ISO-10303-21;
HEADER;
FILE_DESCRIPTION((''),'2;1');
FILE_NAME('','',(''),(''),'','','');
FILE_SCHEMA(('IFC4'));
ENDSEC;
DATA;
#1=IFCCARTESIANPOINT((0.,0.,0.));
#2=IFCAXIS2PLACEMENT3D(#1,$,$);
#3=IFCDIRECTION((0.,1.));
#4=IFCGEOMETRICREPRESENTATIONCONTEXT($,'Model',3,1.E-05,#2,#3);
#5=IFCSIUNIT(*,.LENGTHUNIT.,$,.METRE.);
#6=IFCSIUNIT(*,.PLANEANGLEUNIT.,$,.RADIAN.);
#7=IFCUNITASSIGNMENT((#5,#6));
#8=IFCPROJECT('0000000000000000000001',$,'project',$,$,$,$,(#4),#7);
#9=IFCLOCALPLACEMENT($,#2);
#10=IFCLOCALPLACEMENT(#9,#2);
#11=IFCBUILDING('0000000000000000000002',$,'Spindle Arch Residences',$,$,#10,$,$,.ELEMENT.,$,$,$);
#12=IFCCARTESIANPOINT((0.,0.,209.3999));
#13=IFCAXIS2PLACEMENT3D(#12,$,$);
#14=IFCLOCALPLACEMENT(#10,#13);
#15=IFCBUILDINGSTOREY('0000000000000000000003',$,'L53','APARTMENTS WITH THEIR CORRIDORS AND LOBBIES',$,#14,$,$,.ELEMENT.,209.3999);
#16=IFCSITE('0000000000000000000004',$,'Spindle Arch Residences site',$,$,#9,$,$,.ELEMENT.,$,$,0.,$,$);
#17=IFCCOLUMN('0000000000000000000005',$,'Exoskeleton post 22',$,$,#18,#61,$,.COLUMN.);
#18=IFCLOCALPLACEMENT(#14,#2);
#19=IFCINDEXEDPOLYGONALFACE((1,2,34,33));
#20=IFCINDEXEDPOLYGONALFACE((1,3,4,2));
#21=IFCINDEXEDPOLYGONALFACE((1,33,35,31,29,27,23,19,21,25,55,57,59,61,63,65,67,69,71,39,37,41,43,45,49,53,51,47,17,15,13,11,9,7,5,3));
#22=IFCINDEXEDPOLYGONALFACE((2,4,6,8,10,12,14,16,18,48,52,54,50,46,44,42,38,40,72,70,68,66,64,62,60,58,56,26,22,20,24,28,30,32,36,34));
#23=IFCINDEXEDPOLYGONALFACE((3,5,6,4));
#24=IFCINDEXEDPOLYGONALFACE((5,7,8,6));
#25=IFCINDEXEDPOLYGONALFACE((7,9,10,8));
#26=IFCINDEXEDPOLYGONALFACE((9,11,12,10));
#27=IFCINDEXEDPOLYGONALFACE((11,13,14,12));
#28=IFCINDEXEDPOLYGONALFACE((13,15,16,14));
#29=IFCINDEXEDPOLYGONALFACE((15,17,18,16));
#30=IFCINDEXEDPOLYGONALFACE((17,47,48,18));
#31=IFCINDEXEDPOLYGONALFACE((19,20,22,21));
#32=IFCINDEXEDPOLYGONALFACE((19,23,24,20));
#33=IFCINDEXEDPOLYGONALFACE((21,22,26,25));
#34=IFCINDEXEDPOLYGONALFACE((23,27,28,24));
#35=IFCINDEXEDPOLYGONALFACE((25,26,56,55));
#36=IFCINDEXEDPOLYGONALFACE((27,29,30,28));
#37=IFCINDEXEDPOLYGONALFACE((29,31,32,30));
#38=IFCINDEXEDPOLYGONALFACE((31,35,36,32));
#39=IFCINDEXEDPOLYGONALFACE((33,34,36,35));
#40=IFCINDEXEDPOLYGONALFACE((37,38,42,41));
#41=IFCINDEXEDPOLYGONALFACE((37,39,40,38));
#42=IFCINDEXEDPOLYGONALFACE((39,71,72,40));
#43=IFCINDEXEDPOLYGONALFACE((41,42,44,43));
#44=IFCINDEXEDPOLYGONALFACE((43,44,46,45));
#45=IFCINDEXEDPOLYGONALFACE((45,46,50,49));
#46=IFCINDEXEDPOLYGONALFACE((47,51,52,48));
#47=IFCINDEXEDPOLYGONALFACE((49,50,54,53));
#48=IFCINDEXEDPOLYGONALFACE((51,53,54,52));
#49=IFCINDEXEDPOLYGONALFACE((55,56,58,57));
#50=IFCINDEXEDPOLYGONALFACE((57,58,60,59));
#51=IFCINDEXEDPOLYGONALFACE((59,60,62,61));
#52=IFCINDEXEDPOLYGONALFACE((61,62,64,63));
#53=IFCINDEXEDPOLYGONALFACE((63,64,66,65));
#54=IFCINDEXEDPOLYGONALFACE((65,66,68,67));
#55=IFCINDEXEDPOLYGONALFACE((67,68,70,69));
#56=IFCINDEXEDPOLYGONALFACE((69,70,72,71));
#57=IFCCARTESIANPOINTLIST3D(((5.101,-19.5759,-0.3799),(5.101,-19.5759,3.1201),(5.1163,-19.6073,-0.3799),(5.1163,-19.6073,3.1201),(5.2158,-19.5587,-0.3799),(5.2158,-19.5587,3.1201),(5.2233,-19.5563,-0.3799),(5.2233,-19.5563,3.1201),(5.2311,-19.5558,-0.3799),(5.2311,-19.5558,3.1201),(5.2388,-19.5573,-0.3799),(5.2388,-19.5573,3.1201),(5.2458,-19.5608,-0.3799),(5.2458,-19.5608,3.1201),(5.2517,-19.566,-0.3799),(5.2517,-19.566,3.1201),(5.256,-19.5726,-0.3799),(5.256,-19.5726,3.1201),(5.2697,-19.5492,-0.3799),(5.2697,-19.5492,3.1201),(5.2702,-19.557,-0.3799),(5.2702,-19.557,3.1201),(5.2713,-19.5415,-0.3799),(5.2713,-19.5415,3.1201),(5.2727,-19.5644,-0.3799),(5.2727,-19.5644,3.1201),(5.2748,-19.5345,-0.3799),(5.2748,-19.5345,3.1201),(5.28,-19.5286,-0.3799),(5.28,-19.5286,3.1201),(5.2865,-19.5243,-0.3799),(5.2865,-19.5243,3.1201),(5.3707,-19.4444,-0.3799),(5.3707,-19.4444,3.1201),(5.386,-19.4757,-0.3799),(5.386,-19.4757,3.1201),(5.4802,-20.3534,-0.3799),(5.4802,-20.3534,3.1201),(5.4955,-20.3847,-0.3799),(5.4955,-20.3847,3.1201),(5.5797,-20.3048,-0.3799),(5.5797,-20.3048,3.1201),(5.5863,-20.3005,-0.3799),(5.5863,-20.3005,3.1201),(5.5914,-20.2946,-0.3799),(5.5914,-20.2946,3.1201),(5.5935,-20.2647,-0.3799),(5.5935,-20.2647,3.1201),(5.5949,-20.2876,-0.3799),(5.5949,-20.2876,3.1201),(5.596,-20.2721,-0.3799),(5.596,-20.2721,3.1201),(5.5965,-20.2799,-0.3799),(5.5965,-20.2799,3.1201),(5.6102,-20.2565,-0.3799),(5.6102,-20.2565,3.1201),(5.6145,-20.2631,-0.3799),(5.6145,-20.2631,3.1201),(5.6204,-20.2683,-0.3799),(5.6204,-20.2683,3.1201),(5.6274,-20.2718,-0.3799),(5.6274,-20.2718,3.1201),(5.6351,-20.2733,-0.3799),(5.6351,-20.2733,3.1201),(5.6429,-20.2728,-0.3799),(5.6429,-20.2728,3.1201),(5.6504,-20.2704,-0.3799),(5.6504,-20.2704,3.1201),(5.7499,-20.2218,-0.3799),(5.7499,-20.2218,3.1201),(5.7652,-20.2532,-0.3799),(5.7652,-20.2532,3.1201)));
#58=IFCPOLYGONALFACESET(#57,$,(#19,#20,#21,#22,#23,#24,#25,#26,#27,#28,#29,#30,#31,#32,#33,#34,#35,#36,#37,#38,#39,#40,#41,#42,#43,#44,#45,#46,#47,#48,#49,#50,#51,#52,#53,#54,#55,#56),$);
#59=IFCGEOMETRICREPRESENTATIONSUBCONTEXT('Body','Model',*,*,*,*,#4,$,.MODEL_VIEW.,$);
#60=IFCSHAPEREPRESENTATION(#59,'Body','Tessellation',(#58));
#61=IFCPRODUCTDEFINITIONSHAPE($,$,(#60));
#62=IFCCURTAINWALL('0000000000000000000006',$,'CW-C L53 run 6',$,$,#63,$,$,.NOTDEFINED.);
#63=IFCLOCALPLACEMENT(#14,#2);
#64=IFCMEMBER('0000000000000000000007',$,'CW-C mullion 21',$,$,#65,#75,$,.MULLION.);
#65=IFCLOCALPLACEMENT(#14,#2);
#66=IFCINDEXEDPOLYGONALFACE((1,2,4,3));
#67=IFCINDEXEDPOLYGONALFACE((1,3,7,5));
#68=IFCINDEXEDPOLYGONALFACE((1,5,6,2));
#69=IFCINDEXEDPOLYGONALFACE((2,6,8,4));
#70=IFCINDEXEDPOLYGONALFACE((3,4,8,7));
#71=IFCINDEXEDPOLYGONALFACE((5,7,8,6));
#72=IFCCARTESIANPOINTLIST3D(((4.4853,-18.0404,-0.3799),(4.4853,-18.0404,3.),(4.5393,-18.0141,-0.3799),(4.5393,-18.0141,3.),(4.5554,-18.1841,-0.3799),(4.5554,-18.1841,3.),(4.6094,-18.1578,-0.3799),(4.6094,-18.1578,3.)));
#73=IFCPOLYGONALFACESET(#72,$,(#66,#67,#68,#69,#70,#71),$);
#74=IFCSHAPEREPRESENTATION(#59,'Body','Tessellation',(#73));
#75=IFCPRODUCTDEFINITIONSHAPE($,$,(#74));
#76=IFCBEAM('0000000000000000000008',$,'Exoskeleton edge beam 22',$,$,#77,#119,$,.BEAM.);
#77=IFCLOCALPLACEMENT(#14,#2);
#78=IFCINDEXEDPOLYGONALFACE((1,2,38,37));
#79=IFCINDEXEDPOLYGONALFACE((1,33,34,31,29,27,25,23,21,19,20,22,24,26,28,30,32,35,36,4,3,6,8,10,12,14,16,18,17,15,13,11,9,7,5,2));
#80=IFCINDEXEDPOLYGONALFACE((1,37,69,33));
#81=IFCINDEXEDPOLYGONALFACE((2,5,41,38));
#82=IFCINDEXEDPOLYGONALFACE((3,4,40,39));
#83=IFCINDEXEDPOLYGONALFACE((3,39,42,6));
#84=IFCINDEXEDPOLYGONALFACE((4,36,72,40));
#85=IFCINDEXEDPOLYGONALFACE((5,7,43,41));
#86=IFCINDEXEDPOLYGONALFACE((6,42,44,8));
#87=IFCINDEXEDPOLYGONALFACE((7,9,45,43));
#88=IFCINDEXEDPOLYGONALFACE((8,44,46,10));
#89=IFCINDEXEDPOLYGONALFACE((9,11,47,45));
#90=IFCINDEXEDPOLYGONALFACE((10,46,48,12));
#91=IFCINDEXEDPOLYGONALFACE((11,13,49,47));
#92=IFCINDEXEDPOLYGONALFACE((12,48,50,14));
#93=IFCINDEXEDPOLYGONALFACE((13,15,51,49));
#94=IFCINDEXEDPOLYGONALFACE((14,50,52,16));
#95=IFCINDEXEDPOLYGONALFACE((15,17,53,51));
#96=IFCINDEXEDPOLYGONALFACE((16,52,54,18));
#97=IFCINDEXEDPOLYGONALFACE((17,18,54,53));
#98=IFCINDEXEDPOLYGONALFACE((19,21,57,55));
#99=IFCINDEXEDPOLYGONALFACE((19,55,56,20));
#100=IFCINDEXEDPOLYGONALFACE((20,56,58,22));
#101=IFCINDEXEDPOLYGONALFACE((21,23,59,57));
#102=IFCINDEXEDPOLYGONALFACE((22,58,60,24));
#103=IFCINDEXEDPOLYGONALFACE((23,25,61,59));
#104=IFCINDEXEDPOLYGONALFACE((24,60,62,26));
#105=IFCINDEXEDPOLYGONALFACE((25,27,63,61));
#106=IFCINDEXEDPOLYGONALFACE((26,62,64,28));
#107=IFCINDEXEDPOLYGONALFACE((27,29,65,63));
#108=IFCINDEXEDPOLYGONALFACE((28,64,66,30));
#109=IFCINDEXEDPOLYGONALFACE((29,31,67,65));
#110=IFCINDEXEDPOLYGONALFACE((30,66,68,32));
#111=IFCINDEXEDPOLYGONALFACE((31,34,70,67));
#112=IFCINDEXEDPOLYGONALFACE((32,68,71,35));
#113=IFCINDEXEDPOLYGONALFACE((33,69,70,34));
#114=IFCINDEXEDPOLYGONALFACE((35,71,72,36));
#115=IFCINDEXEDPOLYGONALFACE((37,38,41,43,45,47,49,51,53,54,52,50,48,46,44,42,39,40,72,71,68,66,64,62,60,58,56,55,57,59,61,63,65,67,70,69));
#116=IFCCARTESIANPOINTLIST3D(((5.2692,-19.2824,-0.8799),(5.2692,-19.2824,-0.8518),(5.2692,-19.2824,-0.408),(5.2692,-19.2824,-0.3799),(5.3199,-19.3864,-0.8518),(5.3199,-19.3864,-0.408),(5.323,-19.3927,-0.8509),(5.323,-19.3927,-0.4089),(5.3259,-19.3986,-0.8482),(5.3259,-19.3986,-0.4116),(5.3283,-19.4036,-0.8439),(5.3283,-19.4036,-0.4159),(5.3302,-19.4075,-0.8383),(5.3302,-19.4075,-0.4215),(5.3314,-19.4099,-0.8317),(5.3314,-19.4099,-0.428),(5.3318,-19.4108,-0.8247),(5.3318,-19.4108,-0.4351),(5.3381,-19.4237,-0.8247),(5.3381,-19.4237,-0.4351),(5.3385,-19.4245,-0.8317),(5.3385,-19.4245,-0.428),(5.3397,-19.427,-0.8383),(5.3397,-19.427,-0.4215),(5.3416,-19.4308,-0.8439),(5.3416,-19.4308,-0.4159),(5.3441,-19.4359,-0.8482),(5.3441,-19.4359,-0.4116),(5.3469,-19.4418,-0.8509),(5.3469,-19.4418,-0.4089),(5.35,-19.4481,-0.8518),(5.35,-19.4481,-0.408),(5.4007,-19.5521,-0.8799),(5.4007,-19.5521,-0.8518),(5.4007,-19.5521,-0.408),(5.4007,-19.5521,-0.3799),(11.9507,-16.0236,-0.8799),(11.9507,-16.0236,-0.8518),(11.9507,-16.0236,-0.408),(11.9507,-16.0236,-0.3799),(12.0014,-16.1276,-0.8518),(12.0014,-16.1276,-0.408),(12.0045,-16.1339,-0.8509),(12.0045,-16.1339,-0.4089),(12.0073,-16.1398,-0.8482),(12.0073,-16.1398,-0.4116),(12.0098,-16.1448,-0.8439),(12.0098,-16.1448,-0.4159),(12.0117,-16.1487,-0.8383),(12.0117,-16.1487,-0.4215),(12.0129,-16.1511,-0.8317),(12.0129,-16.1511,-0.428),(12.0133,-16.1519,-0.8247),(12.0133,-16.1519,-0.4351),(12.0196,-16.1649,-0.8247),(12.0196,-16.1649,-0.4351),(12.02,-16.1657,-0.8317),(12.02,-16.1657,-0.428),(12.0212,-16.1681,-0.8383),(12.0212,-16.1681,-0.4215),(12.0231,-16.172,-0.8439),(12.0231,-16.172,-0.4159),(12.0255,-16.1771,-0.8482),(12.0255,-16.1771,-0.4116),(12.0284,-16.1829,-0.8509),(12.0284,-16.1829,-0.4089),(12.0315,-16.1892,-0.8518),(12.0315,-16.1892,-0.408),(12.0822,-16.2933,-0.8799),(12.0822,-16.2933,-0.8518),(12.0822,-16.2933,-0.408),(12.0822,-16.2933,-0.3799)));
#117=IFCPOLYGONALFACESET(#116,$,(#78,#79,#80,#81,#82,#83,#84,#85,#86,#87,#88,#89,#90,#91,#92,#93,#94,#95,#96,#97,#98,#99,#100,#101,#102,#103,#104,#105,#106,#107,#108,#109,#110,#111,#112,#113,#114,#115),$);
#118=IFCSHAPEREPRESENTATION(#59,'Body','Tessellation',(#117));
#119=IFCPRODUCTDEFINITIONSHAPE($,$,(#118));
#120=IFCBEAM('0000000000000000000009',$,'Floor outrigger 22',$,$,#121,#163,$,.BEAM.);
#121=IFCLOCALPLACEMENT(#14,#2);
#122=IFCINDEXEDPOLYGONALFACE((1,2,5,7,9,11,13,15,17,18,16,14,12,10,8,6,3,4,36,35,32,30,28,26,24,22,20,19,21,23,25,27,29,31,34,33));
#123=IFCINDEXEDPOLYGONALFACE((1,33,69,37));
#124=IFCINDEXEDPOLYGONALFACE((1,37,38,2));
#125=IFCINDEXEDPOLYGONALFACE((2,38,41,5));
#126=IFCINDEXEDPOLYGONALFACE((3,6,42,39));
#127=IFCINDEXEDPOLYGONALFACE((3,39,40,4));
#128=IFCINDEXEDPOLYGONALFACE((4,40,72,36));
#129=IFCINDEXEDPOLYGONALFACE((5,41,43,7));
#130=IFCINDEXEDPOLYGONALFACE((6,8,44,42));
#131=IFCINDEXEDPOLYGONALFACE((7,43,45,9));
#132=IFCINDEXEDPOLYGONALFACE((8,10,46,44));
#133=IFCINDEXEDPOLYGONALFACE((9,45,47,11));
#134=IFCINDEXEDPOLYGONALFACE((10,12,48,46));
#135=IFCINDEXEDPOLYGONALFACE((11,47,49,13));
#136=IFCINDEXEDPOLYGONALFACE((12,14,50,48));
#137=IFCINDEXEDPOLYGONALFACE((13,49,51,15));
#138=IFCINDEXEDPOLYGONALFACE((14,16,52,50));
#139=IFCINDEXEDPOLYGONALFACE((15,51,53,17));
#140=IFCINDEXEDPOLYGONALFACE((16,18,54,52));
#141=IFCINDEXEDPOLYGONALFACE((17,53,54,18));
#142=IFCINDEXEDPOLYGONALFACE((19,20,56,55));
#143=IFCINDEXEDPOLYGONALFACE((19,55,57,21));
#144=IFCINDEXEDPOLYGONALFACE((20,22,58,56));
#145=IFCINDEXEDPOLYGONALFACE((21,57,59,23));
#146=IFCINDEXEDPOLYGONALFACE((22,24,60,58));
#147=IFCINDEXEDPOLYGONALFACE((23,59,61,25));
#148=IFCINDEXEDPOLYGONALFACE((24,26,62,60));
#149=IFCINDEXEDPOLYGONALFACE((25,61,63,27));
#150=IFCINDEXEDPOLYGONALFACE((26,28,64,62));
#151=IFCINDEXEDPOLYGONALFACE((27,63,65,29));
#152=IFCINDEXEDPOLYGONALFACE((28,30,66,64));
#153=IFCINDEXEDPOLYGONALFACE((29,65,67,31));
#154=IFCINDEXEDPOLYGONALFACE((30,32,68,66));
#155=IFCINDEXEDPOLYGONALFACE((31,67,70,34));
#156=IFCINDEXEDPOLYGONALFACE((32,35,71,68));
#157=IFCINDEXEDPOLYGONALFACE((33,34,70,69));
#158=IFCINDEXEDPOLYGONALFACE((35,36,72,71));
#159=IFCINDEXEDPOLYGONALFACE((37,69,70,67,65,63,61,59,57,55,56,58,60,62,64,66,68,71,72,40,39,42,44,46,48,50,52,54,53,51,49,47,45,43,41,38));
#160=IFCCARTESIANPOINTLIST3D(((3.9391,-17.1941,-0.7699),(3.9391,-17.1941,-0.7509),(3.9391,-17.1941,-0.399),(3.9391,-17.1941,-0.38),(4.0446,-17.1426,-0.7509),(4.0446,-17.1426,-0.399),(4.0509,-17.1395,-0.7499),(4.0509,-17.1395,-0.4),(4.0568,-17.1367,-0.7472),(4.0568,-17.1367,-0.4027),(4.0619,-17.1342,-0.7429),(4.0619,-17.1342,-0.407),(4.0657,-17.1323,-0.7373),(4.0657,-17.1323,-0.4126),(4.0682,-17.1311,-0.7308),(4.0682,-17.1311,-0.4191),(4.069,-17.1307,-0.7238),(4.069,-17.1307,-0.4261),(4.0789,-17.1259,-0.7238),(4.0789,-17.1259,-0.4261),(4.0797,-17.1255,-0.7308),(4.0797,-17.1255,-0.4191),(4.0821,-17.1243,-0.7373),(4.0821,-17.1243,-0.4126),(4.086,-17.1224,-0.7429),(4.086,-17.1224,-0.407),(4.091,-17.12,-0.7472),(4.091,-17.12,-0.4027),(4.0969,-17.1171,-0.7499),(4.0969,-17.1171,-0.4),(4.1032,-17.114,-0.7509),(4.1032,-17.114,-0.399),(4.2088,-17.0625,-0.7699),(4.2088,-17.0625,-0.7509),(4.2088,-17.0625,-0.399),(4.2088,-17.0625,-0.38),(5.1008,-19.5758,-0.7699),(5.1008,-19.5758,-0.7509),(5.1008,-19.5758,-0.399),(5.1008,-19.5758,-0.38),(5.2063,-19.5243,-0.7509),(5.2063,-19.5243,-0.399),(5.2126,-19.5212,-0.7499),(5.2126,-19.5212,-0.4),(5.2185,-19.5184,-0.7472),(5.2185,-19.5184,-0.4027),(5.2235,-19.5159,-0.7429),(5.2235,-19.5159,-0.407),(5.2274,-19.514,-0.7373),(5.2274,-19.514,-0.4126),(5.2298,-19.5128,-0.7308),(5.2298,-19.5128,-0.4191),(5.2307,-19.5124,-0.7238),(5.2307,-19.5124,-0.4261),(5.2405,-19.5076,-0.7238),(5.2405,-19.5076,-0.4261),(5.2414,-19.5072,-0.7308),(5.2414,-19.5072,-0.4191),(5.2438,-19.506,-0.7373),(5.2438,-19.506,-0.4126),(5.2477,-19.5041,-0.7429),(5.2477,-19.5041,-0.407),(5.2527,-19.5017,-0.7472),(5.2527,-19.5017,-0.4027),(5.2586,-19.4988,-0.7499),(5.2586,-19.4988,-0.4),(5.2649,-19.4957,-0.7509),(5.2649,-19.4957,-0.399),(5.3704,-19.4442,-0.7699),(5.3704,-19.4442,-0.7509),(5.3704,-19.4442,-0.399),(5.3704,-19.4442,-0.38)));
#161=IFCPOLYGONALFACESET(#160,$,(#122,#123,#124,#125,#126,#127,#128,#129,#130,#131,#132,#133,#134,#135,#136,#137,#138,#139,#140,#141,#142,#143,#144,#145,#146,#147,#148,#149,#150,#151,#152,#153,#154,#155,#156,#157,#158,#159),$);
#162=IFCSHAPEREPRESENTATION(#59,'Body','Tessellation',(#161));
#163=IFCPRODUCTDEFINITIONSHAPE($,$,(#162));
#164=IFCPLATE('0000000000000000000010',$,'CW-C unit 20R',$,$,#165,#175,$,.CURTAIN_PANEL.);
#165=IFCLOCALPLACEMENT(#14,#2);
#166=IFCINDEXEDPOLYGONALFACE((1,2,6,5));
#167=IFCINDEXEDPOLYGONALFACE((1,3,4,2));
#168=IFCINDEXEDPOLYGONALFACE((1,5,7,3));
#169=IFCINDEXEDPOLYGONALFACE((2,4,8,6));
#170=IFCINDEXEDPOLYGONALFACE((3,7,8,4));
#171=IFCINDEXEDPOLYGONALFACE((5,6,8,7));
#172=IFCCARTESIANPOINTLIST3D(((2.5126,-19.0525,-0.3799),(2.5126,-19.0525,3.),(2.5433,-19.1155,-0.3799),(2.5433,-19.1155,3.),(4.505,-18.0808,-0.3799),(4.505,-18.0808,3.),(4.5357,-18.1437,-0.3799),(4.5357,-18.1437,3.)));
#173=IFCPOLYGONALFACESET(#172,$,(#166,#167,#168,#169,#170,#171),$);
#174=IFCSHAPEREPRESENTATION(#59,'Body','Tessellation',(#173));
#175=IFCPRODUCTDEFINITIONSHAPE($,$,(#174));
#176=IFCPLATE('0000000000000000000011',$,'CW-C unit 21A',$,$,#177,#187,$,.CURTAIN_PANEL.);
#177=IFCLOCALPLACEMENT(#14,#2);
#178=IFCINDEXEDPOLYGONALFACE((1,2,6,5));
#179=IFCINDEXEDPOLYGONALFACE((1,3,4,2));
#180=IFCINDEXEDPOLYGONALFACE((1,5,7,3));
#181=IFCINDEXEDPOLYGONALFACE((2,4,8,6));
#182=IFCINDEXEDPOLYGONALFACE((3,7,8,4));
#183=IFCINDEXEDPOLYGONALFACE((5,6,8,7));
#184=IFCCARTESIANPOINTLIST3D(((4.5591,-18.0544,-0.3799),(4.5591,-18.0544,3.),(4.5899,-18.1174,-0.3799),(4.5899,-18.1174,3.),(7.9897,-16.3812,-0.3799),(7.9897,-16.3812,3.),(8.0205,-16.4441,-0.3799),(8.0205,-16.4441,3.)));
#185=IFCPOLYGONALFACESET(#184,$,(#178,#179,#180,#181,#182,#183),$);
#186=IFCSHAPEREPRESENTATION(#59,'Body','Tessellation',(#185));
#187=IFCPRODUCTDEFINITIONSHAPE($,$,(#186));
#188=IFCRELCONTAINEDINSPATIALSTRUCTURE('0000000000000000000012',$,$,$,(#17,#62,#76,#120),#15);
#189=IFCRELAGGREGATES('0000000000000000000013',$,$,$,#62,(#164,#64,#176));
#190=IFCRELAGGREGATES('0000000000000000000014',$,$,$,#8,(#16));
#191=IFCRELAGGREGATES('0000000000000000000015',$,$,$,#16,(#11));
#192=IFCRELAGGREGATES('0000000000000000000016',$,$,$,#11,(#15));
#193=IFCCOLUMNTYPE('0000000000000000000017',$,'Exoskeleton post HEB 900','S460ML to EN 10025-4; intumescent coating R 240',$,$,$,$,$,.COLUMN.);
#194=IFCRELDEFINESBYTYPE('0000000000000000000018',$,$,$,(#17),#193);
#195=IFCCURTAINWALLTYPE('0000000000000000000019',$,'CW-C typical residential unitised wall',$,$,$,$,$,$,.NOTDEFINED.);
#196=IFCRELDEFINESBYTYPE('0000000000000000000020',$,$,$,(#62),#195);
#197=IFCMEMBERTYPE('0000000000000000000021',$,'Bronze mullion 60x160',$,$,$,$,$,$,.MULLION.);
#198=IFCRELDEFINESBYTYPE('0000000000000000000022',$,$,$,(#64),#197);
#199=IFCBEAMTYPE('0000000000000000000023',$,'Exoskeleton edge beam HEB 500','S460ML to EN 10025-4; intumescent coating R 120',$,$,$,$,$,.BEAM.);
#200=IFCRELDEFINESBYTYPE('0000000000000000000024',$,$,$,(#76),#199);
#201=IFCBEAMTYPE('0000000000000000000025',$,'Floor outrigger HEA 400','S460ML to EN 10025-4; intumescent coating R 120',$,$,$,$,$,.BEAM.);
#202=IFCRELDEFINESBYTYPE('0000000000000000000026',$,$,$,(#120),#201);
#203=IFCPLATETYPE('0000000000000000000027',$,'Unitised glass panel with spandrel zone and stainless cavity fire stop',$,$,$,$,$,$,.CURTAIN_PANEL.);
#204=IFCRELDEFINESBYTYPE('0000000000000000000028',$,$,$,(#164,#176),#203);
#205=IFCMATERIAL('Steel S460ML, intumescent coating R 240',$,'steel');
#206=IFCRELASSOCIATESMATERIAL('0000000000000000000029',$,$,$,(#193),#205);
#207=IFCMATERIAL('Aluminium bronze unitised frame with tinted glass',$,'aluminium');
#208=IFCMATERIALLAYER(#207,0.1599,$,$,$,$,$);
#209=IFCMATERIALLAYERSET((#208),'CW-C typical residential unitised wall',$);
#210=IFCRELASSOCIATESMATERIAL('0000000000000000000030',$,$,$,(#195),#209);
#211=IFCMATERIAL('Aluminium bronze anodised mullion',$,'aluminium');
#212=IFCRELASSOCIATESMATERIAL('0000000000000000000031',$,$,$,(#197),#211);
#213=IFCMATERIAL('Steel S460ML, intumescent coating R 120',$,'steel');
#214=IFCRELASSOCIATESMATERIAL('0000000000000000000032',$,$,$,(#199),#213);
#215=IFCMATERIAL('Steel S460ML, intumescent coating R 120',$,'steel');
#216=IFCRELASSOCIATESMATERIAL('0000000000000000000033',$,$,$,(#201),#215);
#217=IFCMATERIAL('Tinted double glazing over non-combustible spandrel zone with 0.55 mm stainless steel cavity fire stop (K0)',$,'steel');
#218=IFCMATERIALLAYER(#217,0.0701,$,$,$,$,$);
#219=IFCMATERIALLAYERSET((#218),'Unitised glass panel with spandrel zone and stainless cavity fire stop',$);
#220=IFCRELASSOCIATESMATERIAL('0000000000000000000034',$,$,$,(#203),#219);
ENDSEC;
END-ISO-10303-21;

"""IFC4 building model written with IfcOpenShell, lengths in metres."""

from ifc_helpers import new_model, si_unit, direction, frame, origin, origin_2d, place, context, subcontext, project, spatial, rectangle, i_section, extrude, material, layer, layer_set, material_profile, profile_set, type_object, element, aggregate, save


model = new_model("IFC4")

# Units and contexts
model_context = context("Model", 3, precision=1e-05, world=origin(), true_north=direction((0.0, 1.0)))
body_context = subcontext(model_context, "Body", "Model", "MODEL_VIEW")
ifc_project = project(units=[si_unit("LENGTHUNIT", "METRE"), si_unit("PLANEANGLEUNIT", "RADIAN")], contexts=[model_context])

# Site, building, storey
site_placement = place(None, origin())
site = spatial("IfcSite", under=ifc_project, at=site_placement, Name="Spindle Arch Residences site", CompositionType="ELEMENT", RefElevation=0.0)
building_placement = place(site_placement, origin())
building = spatial("IfcBuilding", under=site, at=building_placement, Name="Spindle Arch Residences", CompositionType="ELEMENT")
storey_placement = place(building_placement, frame((0.0, 0.0, 209.3999)))
storey = spatial("IfcBuildingStorey", under=building, at=storey_placement, Name="L53", Description="APARTMENTS WITH THEIR CORRIDORS AND LOBBIES", CompositionType="ELEMENT", Elevation=209.3999)

# Column
ifc_material_1 = material(Name="Steel S460ML, intumescent coating R 240", Category="steel")
ifc_material_profile_1 = material_profile(ifc_material_1, i_section(OverallWidth=0.3, OverallDepth=0.8999, WebThickness=0.0186, FlangeThickness=0.0349, FilletRadius=0.03, at=origin_2d()), Name="HEB 900")
ifc_profile_set_1 = profile_set([ifc_material_profile_1], Name="Steel S460ML, intumescent coating R 240")
column_type = type_object("IfcColumnType", Name="Exoskeleton post HEB 900", Description="S460ML to EN 10025-4; intumescent coating R 240", PredefinedType="COLUMN", material=ifc_profile_set_1)
column_placement = place(storey_placement, frame((5.4331, -19.9146, -0.3799), z_axis=(0.0, 0.0, 1.0), x_axis=(-0.898794, -0.438371, 0.0)))
element("IfcColumn", 1, at=column_placement, inside=storey, type_object=column_type, Name="Exoskeleton post 22", PredefinedType="COLUMN", context=body_context, shape_type="SweptSolid", body=[
    extrude(i_section(OverallWidth=0.3, OverallDepth=0.8999, WebThickness=0.0186, FlangeThickness=0.0349, FilletRadius=0.03, at=origin_2d()), origin(), (0.0, 0.0, 1.0), 3.5),
])

# Curtain wall, member
ifc_material_2 = material(Name="Aluminium bronze unitised frame with tinted glass", Category="aluminium")
ifc_layer_1 = layer(ifc_material_2, 0.1599)
ifc_layer_set_1 = layer_set([ifc_layer_1], Name="CW-C typical residential unitised wall")
curtain_wall_type = type_object("IfcCurtainWallType", Name="CW-C typical residential unitised wall", PredefinedType="NOTDEFINED", material=ifc_layer_set_1)
curtain_wall_placement = place(storey_placement, origin())
curtain_wall = element("IfcCurtainWall", 2, at=curtain_wall_placement, inside=storey, type_object=curtain_wall_type, Name="CW-C L53 run 6", PredefinedType="NOTDEFINED")
ifc_material_3 = material(Name="Aluminium bronze anodised mullion", Category="aluminium")
ifc_material_profile_2 = material_profile(ifc_material_3, rectangle(XDim=0.1599, YDim=0.0601, at=origin_2d()), Name="MU 60x160")
ifc_profile_set_2 = profile_set([ifc_material_profile_2], Name="Aluminium bronze anodised mullion")
member_type = type_object("IfcMemberType", Name="Bronze mullion 60x160", PredefinedType="MULLION", material=ifc_profile_set_2)
member_placement = place(storey_placement, frame((4.5474, -18.0991, -0.3799), z_axis=(0.0, 0.0, 1.0), x_axis=(-0.438371, 0.898794, 0.0)))
member = element("IfcMember", 3, at=member_placement, type_object=member_type, Name="CW-C mullion 21", PredefinedType="MULLION", context=body_context, shape_type="SweptSolid", body=[
    extrude(rectangle(XDim=0.1599, YDim=0.0601, at=origin_2d()), origin(), (0.0, 0.0, 1.0), 3.3799),
])

# Beams
ifc_material_4 = material(Name="Steel S460ML, intumescent coating R 120", Category="steel")
ifc_material_profile_3 = material_profile(ifc_material_4, i_section(OverallWidth=0.3, OverallDepth=0.5, WebThickness=0.0144, FlangeThickness=0.0281, FilletRadius=0.0271, at=origin_2d()), Name="HEB 500")
ifc_profile_set_3 = profile_set([ifc_material_profile_3], Name="Steel S460ML, intumescent coating R 120")
beam_type_1 = type_object("IfcBeamType", Name="Exoskeleton edge beam HEB 500", Description="S460ML to EN 10025-4; intumescent coating R 120", PredefinedType="BEAM", material=ifc_profile_set_3)
beam_1_placement = place(storey_placement, frame((5.335, -19.4172, -0.6299), z_axis=(0.898791, 0.438377, 0.0), x_axis=(-0.438377, 0.898791, 0.0)))
element("IfcBeam", 4, at=beam_1_placement, inside=storey, type_object=beam_type_1, Name="Exoskeleton edge beam 22", PredefinedType="BEAM", context=body_context, shape_type="SweptSolid", body=[
    extrude(i_section(OverallWidth=0.3, OverallDepth=0.5, WebThickness=0.0144, FlangeThickness=0.0281, FilletRadius=0.0271, at=origin_2d()), origin(), (0.0, 0.0, 1.0), 7.4338),
])
ifc_material_5 = material(Name="Steel S460ML, intumescent coating R 120", Category="steel")
ifc_material_profile_4 = material_profile(ifc_material_5, i_section(OverallWidth=0.3, OverallDepth=0.3899, WebThickness=0.011, FlangeThickness=0.019, FilletRadius=0.0271, at=origin_2d()), Name="HEA 400")
ifc_profile_set_4 = profile_set([ifc_material_profile_4], Name="Steel S460ML, intumescent coating R 120")
beam_type_2 = type_object("IfcBeamType", Name="Floor outrigger HEA 400", Description="S460ML to EN 10025-4; intumescent coating R 120", PredefinedType="BEAM", material=ifc_profile_set_4)
beam_2_placement = place(storey_placement, frame((5.2356, -19.51, -0.575), z_axis=(-0.438384, 0.898788, 0.0), x_axis=(-0.898788, -0.438384, 0.0)))
element("IfcBeam", 5, at=beam_2_placement, inside=storey, type_object=beam_type_2, Name="Floor outrigger 22", PredefinedType="BEAM", context=body_context, shape_type="SweptSolid", body=[
    extrude(i_section(OverallWidth=0.3, OverallDepth=0.3899, WebThickness=0.011, FlangeThickness=0.019, FilletRadius=0.0271, at=origin_2d()), origin(), (0.0, 0.0, 1.0), 2.6499),
])

# Plates
ifc_material_6 = material(Name="Tinted double glazing over non-combustible spandrel zone with 0.55 mm stainless steel cavity fire stop (K0)", Category="steel")
ifc_layer_2 = layer(ifc_material_6, 0.0701)
ifc_layer_set_2 = layer_set([ifc_layer_2], Name="Unitised glass panel with spandrel zone and stainless cavity fire stop")
plate_type = type_object("IfcPlateType", Name="Unitised glass panel with spandrel zone and stainless cavity fire stop", PredefinedType="CURTAIN_PANEL", material=ifc_layer_set_2)
plate_1_placement = place(storey_placement, frame((3.5242, -18.5981, -0.3799), z_axis=(0.0, 0.0, 1.0), x_axis=(0.898794, 0.438371, 0.0)))
plate_1 = element("IfcPlate", 6, at=plate_1_placement, type_object=plate_type, Name="CW-C unit 20R", PredefinedType="CURTAIN_PANEL", context=body_context, shape_type="SweptSolid", body=[
    extrude(rectangle(XDim=2.2168, YDim=0.0701, at=origin_2d()), origin(), (0.0, 0.0, 1.0), 3.3799),
])
plate_2_placement = place(storey_placement, frame((6.2898, -17.2493, -0.3799), z_axis=(0.0, 0.0, 1.0), x_axis=(0.898794, 0.438371, 0.0)))
plate_2 = element("IfcPlate", 7, at=plate_2_placement, type_object=plate_type, Name="CW-C unit 21A", PredefinedType="CURTAIN_PANEL", context=body_context, shape_type="SweptSolid", body=[
    extrude(rectangle(XDim=3.8169, YDim=0.0701, at=origin_2d()), origin(), (0.0, 0.0, 1.0), 3.3799),
])
aggregate(curtain_wall, [plate_1, member, plate_2])

save(model, "model.ifc")
